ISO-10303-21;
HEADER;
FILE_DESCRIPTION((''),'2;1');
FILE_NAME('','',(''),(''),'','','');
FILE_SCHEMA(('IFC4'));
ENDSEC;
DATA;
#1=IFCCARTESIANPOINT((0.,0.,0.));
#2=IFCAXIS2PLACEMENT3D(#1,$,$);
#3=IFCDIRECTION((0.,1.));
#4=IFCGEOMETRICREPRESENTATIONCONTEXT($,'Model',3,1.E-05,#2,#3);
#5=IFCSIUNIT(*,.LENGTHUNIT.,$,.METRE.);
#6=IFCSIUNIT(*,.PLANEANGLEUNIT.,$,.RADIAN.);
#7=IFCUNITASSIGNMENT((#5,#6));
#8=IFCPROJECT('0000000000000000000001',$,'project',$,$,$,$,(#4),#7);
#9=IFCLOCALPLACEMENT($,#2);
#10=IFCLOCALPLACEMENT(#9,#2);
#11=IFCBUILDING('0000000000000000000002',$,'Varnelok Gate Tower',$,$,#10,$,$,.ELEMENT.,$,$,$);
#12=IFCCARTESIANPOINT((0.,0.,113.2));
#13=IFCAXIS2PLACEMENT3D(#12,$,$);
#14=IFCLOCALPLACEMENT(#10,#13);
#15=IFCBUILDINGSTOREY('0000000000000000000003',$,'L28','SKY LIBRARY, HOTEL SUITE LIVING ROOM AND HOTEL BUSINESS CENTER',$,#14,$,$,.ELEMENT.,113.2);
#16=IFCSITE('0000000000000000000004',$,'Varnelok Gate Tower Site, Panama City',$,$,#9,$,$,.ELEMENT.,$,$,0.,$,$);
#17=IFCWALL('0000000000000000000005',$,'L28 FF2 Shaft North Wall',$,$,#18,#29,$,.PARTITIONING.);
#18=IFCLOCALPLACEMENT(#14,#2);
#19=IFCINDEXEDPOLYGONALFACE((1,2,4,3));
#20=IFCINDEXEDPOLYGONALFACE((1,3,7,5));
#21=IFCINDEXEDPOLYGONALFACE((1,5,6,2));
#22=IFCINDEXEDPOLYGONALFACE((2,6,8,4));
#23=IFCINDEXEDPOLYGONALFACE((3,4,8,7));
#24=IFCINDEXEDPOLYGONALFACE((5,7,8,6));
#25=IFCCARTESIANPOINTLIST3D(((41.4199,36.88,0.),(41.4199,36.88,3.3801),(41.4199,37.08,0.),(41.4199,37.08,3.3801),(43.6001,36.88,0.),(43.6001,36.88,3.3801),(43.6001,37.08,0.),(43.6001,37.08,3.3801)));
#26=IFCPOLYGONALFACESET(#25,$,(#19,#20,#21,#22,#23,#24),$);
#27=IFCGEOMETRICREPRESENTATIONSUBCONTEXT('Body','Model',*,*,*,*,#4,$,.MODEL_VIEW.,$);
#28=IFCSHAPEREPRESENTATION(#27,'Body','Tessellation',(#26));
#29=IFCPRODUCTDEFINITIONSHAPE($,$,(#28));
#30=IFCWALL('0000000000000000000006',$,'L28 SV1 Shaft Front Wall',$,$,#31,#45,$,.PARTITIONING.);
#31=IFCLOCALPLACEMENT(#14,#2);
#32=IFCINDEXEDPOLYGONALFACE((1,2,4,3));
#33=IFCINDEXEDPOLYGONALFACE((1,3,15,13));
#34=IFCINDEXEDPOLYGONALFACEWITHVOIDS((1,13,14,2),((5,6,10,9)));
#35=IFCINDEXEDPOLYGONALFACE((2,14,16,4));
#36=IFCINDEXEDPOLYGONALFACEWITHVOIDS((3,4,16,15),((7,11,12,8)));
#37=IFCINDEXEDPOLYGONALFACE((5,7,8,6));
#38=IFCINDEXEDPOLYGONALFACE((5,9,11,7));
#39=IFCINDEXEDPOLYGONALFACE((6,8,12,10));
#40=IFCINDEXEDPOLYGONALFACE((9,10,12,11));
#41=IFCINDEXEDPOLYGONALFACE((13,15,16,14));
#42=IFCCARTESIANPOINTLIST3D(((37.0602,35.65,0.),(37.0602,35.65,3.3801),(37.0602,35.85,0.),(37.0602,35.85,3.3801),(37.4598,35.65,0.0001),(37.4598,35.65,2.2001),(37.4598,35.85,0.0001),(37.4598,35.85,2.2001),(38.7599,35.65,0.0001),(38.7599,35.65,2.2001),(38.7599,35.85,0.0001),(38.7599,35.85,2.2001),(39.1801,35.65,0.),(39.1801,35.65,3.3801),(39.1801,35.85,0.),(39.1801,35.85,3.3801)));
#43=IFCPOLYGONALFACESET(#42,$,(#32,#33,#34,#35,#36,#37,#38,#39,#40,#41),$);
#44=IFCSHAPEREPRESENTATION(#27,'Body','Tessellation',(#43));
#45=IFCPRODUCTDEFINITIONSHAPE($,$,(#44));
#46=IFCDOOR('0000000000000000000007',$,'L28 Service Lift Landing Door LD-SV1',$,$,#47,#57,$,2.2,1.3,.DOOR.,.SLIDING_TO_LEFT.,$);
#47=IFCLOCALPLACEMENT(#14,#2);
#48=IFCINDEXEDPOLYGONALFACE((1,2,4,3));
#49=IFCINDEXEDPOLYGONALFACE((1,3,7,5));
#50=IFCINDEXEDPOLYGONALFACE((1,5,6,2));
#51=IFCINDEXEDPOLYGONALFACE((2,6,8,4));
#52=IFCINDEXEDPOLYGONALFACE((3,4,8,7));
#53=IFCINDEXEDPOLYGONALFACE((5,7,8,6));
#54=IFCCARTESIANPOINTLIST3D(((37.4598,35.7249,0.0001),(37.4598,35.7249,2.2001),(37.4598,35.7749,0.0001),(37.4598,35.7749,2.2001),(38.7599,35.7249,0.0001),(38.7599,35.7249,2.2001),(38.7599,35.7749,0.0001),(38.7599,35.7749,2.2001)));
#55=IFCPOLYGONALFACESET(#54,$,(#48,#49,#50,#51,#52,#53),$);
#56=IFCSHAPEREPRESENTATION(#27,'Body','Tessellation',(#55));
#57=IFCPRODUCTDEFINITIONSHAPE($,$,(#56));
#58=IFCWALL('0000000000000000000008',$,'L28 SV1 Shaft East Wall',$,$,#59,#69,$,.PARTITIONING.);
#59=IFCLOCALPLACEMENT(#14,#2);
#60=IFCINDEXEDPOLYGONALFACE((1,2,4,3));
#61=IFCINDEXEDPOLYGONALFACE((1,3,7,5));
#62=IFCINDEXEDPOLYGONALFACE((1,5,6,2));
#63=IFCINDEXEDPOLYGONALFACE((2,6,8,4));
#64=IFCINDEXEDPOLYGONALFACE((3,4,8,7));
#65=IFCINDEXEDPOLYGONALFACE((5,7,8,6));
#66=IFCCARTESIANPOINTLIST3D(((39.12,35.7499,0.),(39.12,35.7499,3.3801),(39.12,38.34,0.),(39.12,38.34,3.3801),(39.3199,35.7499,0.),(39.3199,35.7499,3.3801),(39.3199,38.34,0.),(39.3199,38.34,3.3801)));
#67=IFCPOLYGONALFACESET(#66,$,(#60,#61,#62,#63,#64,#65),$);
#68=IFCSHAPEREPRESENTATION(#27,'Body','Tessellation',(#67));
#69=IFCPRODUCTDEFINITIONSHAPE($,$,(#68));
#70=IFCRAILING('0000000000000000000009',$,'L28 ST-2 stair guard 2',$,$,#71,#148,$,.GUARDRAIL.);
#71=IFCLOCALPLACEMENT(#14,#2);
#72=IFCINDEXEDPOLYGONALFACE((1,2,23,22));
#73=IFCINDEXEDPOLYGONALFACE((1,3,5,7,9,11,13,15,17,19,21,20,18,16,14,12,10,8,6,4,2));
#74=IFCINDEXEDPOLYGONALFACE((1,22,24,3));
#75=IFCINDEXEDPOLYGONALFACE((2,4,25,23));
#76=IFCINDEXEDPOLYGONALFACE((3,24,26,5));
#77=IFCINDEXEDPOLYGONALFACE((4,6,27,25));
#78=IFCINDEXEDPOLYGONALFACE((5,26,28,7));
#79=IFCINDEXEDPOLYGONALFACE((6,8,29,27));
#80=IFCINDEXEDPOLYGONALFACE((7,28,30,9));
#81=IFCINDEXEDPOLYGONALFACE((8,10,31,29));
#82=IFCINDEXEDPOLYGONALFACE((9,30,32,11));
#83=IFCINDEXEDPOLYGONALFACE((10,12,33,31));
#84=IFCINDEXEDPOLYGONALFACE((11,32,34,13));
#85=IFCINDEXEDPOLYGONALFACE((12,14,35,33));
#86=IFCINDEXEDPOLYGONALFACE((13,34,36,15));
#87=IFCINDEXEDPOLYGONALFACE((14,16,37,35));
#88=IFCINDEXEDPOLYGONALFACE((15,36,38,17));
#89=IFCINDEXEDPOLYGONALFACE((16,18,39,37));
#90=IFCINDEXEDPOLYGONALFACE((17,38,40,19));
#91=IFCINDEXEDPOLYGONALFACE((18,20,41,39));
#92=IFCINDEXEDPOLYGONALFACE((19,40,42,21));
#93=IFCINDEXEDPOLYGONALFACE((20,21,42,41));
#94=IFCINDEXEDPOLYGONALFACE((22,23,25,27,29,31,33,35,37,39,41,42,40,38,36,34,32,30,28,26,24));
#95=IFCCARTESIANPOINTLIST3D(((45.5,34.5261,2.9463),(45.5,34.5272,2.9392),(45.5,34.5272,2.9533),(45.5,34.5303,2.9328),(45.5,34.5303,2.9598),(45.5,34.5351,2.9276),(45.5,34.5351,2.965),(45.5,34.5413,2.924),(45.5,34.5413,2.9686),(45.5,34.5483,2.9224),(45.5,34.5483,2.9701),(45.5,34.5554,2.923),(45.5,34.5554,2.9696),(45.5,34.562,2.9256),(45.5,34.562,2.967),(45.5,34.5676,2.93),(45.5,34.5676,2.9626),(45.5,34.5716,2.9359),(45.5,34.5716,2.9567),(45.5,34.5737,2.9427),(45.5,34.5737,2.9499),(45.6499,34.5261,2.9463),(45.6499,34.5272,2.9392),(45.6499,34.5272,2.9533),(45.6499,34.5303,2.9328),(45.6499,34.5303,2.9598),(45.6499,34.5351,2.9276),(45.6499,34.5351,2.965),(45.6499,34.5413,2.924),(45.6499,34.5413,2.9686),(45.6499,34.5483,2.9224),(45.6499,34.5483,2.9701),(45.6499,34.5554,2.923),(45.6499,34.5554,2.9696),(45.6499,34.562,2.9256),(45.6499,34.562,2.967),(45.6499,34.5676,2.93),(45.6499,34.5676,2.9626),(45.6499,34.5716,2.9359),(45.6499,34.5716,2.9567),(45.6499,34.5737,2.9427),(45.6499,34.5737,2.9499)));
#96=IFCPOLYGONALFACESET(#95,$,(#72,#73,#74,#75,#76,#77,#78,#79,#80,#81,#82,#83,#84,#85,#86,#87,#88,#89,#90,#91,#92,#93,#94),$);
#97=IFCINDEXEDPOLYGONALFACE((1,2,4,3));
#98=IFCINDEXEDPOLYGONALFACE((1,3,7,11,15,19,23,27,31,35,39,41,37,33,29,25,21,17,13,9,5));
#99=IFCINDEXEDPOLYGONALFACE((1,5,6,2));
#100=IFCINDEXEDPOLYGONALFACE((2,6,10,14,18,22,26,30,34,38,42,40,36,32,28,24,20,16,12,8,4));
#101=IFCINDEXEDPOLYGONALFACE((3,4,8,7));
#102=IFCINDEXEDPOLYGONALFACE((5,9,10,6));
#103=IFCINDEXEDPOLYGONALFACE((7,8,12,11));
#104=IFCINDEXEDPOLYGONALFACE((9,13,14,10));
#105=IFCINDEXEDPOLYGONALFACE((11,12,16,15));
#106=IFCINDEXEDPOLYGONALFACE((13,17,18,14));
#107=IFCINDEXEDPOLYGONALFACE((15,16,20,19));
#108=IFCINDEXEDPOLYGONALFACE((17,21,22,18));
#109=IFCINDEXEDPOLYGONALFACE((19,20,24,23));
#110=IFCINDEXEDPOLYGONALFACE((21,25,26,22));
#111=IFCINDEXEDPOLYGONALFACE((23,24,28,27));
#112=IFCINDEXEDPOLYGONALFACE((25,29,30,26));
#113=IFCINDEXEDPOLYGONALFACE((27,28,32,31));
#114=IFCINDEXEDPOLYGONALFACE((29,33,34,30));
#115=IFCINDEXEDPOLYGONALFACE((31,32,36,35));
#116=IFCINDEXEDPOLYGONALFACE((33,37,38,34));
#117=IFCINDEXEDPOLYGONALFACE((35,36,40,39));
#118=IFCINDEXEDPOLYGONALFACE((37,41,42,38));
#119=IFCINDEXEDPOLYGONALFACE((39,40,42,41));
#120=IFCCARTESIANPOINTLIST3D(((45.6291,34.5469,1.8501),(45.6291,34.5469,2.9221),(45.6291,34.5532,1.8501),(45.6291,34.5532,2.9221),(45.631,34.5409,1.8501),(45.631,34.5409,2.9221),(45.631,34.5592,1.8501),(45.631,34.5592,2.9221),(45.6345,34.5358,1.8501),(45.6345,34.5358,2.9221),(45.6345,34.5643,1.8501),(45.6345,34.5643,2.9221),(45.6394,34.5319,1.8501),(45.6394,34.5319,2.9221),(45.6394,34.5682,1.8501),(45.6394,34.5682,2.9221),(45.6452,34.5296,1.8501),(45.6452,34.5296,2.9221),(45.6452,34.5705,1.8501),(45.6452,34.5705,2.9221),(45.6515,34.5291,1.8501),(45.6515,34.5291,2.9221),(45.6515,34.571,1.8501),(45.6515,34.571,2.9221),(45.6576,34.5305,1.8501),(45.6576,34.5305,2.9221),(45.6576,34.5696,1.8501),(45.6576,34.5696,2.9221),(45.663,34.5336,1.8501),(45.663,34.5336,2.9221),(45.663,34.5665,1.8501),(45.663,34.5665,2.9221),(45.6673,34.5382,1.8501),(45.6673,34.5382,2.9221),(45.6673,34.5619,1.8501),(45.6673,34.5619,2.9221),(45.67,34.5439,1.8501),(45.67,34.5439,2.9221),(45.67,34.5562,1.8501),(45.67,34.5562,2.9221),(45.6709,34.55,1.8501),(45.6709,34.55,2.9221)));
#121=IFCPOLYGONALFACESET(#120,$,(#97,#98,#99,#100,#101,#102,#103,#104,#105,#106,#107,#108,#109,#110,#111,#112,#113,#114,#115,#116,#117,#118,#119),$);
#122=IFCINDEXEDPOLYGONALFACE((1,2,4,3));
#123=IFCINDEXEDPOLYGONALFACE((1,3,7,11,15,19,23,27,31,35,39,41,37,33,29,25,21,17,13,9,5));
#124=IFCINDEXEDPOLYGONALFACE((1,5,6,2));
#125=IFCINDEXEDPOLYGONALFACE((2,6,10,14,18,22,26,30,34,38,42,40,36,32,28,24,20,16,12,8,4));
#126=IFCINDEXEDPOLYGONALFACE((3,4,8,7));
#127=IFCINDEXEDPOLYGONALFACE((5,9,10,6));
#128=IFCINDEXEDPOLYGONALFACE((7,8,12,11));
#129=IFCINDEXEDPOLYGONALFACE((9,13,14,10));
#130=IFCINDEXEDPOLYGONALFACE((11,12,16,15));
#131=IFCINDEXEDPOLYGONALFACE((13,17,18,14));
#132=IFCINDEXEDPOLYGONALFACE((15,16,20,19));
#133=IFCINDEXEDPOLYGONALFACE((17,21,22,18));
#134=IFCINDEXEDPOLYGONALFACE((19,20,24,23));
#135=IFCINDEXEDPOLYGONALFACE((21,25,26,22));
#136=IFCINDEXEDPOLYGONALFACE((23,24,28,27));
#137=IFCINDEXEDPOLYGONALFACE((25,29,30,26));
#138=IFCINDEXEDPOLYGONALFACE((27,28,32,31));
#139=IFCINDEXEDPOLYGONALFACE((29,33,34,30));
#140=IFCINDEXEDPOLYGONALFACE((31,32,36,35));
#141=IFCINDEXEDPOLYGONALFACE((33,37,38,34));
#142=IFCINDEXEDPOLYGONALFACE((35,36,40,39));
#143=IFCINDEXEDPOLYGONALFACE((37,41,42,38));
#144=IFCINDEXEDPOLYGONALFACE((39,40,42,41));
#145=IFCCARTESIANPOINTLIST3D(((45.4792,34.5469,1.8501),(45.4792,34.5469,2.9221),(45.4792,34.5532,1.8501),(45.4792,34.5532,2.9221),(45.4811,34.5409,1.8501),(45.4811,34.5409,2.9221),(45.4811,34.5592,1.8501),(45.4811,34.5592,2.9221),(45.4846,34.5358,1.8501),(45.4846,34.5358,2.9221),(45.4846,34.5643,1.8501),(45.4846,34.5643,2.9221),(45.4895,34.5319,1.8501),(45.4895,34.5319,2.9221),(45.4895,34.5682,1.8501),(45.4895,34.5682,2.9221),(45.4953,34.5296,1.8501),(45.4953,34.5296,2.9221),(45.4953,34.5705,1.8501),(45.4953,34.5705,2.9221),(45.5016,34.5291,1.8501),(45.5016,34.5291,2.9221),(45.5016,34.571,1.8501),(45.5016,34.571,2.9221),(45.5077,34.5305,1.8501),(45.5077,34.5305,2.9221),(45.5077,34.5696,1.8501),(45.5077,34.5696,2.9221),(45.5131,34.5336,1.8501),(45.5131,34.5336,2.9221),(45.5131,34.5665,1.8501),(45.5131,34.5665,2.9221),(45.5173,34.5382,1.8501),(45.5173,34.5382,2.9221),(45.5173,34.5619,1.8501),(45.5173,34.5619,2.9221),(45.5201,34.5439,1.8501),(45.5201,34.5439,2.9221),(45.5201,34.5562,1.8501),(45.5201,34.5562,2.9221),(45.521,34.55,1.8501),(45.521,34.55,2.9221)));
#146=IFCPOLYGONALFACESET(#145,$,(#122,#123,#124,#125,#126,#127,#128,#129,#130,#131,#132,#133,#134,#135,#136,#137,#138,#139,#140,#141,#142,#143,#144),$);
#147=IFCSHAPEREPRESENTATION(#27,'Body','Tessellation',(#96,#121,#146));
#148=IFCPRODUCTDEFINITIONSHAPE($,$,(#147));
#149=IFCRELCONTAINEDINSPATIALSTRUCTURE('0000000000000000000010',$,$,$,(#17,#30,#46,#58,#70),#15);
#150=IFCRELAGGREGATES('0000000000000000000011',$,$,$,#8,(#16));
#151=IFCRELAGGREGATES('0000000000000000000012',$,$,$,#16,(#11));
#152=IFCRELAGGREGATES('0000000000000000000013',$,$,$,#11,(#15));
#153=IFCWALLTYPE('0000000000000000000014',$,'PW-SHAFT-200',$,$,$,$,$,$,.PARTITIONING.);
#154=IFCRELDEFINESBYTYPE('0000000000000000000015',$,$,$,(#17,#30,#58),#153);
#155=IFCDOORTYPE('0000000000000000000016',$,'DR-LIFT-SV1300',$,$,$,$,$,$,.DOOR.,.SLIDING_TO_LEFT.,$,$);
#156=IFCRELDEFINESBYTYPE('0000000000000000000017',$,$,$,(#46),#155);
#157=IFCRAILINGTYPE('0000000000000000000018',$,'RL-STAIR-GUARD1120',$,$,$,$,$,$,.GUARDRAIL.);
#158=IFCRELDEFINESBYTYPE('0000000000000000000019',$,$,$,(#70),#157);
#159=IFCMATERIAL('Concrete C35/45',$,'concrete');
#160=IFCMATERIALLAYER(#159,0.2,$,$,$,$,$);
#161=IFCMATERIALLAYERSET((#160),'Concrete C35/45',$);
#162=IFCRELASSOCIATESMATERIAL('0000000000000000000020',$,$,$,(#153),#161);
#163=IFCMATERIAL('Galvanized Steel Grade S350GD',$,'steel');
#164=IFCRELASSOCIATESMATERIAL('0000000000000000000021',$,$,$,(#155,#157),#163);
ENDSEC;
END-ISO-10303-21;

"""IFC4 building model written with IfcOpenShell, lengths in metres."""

from ifc_helpers import new_model, si_unit, direction, frame, frame_2d, origin, origin_2d, place, context, subcontext, project, spatial, rectangle, circle, extrude, material, layer, layer_set, type_object, element, fill, save


model = new_model("IFC4")

# Units and contexts
model_context = context("Model", 3, precision=1e-05, world=origin(), true_north=direction((0.0, 1.0)))
body_context = subcontext(model_context, "Body", "Model", "MODEL_VIEW")
ifc_project = project(units=[si_unit("LENGTHUNIT", "METRE"), si_unit("PLANEANGLEUNIT", "RADIAN")], contexts=[model_context])

# Site, building, storey
site_placement = place(None, origin())
site = spatial("IfcSite", under=ifc_project, at=site_placement, Name="Varnelok Gate Tower Site, Panama City", CompositionType="ELEMENT", RefElevation=0.0)
building_placement = place(site_placement, origin())
building = spatial("IfcBuilding", under=site, at=building_placement, Name="Varnelok Gate Tower", CompositionType="ELEMENT")
storey_placement = place(building_placement, frame((0.0, 0.0, 113.2)))
storey = spatial("IfcBuildingStorey", under=building, at=storey_placement, Name="L28", Description="SKY LIBRARY, HOTEL SUITE LIVING ROOM AND HOTEL BUSINESS CENTER", CompositionType="ELEMENT", Elevation=113.2)

# Shared definitions
ifc_material_1 = material(Name="Galvanized Steel Grade S350GD", Category="steel")

# Wall
ifc_material_2 = material(Name="Concrete C35/45", Category="concrete")
ifc_layer_1 = layer(ifc_material_2, 0.2)
ifc_layer_set_1 = layer_set([ifc_layer_1], Name="Concrete C35/45")
wall_type_1 = type_object("IfcWallType", Name="PW-SHAFT-200", PredefinedType="PARTITIONING", material=ifc_layer_set_1)
wall_1_placement = place(storey_placement, frame((41.4199, 36.98, 0.0), z_axis=(0.0, 0.0, 1.0), x_axis=(1.0, 0.0, 0.0)))
element("IfcWall", 1, at=wall_1_placement, inside=storey, type_object=wall_type_1, Name="L28 FF2 Shaft North Wall", PredefinedType="PARTITIONING", context=body_context, shape_type="SweptSolid", body=[
    extrude(rectangle(XDim=2.1802, YDim=0.2, at=frame_2d((1.0901, 0.0))), origin(), (0.0, 0.0, 1.0), 3.3801),
])

# Wall, opening, door
wall_2_placement = place(storey_placement, frame((37.0601, 35.75, 0.0), z_axis=(0.0, 0.0, 1.0), x_axis=(1.0, 0.0, 0.0)))
wall_2 = element("IfcWall", 2, at=wall_2_placement, inside=storey, type_object=wall_type_1, Name="L28 SV1 Shaft Front Wall", PredefinedType="PARTITIONING", context=body_context, shape_type="SweptSolid", body=[
    extrude(rectangle(XDim=2.1199, YDim=0.2, at=frame_2d((1.0601, 0.0))), origin(), (0.0, 0.0, 1.0), 3.3801),
])
opening_1_placement = place(wall_2_placement, frame((0.3999, 0.0, 0.0)))
opening_1 = element("IfcOpeningElement", 3, at=opening_1_placement, cuts=wall_2, PredefinedType="OPENING", context=body_context, shape_type="SweptSolid", body=[
    extrude(rectangle(XDim=1.3, YDim=2.2, at=frame_2d((0.6499, 1.1001))), frame((0.0, 0.1099, 0.0), z_axis=(0.0, -1.0, 0.0), x_axis=(1.0, 0.0, 0.0)), (0.0, 0.0, 1.0), 0.22),
])
door_type_1 = type_object("IfcDoorType", Name="DR-LIFT-SV1300", OperationType="SLIDING_TO_LEFT", PredefinedType="DOOR", material=ifc_material_1)
door_1_placement = place(opening_1_placement, origin())
door_1 = element("IfcDoor", 4, at=door_1_placement, inside=storey, type_object=door_type_1, Name="L28 Service Lift Landing Door LD-SV1", OperationType="SLIDING_TO_LEFT", OverallHeight=2.2, OverallWidth=1.3, PredefinedType="DOOR", context=body_context, shape_type="SweptSolid", body=[
    extrude(rectangle(XDim=1.3, YDim=2.2, at=frame_2d((0.6499, 1.1001))), frame((0.0, 0.0249, 0.0), z_axis=(0.0, -1.0, 0.0), x_axis=(1.0, 0.0, 0.0)), (0.0, 0.0, 1.0), 0.05),
])
fill(opening_1, door_1)

# Wall
wall_3_placement = place(storey_placement, frame((39.22, 35.75, 0.0), z_axis=(0.0, 0.0, 1.0), x_axis=(0.0, 1.0, 0.0)))
element("IfcWall", 5, at=wall_3_placement, inside=storey, type_object=wall_type_1, Name="L28 SV1 Shaft East Wall", PredefinedType="PARTITIONING", context=body_context, shape_type="SweptSolid", body=[
    extrude(rectangle(XDim=2.5901, YDim=0.2, at=frame_2d((1.2949, 0.0))), origin(), (0.0, 0.0, 1.0), 3.3801),
])

# Railing
railing_type_1 = type_object("IfcRailingType", Name="RL-STAIR-GUARD1120", PredefinedType="GUARDRAIL", material=ifc_material_1)
railing_1_placement = place(storey_placement, frame((45.6499, 34.55, 1.8501)))
element("IfcRailing", 6, at=railing_1_placement, inside=storey, type_object=railing_type_1, Name="L28 ST-2 stair guard 2", PredefinedType="GUARDRAIL", context=body_context, shape_type="SweptSolid", body=[
    extrude(circle(Radius=0.0239, at=origin_2d()), frame((0.0, 0.0, 1.0962), z_axis=(-1.0, 0.0, 0.0), x_axis=(0.0, -1.0, 0.0)), (0.0, 0.0, 1.0), 0.1499),
    extrude(circle(Radius=0.021, at=origin_2d()), origin(), (0.0, 0.0, 1.0), 1.072),
    extrude(circle(Radius=0.021, at=origin_2d()), frame((-0.1499, 0.0, 0.0)), (0.0, 0.0, 1.0), 1.072),
])

save(model, "model.ifc")
